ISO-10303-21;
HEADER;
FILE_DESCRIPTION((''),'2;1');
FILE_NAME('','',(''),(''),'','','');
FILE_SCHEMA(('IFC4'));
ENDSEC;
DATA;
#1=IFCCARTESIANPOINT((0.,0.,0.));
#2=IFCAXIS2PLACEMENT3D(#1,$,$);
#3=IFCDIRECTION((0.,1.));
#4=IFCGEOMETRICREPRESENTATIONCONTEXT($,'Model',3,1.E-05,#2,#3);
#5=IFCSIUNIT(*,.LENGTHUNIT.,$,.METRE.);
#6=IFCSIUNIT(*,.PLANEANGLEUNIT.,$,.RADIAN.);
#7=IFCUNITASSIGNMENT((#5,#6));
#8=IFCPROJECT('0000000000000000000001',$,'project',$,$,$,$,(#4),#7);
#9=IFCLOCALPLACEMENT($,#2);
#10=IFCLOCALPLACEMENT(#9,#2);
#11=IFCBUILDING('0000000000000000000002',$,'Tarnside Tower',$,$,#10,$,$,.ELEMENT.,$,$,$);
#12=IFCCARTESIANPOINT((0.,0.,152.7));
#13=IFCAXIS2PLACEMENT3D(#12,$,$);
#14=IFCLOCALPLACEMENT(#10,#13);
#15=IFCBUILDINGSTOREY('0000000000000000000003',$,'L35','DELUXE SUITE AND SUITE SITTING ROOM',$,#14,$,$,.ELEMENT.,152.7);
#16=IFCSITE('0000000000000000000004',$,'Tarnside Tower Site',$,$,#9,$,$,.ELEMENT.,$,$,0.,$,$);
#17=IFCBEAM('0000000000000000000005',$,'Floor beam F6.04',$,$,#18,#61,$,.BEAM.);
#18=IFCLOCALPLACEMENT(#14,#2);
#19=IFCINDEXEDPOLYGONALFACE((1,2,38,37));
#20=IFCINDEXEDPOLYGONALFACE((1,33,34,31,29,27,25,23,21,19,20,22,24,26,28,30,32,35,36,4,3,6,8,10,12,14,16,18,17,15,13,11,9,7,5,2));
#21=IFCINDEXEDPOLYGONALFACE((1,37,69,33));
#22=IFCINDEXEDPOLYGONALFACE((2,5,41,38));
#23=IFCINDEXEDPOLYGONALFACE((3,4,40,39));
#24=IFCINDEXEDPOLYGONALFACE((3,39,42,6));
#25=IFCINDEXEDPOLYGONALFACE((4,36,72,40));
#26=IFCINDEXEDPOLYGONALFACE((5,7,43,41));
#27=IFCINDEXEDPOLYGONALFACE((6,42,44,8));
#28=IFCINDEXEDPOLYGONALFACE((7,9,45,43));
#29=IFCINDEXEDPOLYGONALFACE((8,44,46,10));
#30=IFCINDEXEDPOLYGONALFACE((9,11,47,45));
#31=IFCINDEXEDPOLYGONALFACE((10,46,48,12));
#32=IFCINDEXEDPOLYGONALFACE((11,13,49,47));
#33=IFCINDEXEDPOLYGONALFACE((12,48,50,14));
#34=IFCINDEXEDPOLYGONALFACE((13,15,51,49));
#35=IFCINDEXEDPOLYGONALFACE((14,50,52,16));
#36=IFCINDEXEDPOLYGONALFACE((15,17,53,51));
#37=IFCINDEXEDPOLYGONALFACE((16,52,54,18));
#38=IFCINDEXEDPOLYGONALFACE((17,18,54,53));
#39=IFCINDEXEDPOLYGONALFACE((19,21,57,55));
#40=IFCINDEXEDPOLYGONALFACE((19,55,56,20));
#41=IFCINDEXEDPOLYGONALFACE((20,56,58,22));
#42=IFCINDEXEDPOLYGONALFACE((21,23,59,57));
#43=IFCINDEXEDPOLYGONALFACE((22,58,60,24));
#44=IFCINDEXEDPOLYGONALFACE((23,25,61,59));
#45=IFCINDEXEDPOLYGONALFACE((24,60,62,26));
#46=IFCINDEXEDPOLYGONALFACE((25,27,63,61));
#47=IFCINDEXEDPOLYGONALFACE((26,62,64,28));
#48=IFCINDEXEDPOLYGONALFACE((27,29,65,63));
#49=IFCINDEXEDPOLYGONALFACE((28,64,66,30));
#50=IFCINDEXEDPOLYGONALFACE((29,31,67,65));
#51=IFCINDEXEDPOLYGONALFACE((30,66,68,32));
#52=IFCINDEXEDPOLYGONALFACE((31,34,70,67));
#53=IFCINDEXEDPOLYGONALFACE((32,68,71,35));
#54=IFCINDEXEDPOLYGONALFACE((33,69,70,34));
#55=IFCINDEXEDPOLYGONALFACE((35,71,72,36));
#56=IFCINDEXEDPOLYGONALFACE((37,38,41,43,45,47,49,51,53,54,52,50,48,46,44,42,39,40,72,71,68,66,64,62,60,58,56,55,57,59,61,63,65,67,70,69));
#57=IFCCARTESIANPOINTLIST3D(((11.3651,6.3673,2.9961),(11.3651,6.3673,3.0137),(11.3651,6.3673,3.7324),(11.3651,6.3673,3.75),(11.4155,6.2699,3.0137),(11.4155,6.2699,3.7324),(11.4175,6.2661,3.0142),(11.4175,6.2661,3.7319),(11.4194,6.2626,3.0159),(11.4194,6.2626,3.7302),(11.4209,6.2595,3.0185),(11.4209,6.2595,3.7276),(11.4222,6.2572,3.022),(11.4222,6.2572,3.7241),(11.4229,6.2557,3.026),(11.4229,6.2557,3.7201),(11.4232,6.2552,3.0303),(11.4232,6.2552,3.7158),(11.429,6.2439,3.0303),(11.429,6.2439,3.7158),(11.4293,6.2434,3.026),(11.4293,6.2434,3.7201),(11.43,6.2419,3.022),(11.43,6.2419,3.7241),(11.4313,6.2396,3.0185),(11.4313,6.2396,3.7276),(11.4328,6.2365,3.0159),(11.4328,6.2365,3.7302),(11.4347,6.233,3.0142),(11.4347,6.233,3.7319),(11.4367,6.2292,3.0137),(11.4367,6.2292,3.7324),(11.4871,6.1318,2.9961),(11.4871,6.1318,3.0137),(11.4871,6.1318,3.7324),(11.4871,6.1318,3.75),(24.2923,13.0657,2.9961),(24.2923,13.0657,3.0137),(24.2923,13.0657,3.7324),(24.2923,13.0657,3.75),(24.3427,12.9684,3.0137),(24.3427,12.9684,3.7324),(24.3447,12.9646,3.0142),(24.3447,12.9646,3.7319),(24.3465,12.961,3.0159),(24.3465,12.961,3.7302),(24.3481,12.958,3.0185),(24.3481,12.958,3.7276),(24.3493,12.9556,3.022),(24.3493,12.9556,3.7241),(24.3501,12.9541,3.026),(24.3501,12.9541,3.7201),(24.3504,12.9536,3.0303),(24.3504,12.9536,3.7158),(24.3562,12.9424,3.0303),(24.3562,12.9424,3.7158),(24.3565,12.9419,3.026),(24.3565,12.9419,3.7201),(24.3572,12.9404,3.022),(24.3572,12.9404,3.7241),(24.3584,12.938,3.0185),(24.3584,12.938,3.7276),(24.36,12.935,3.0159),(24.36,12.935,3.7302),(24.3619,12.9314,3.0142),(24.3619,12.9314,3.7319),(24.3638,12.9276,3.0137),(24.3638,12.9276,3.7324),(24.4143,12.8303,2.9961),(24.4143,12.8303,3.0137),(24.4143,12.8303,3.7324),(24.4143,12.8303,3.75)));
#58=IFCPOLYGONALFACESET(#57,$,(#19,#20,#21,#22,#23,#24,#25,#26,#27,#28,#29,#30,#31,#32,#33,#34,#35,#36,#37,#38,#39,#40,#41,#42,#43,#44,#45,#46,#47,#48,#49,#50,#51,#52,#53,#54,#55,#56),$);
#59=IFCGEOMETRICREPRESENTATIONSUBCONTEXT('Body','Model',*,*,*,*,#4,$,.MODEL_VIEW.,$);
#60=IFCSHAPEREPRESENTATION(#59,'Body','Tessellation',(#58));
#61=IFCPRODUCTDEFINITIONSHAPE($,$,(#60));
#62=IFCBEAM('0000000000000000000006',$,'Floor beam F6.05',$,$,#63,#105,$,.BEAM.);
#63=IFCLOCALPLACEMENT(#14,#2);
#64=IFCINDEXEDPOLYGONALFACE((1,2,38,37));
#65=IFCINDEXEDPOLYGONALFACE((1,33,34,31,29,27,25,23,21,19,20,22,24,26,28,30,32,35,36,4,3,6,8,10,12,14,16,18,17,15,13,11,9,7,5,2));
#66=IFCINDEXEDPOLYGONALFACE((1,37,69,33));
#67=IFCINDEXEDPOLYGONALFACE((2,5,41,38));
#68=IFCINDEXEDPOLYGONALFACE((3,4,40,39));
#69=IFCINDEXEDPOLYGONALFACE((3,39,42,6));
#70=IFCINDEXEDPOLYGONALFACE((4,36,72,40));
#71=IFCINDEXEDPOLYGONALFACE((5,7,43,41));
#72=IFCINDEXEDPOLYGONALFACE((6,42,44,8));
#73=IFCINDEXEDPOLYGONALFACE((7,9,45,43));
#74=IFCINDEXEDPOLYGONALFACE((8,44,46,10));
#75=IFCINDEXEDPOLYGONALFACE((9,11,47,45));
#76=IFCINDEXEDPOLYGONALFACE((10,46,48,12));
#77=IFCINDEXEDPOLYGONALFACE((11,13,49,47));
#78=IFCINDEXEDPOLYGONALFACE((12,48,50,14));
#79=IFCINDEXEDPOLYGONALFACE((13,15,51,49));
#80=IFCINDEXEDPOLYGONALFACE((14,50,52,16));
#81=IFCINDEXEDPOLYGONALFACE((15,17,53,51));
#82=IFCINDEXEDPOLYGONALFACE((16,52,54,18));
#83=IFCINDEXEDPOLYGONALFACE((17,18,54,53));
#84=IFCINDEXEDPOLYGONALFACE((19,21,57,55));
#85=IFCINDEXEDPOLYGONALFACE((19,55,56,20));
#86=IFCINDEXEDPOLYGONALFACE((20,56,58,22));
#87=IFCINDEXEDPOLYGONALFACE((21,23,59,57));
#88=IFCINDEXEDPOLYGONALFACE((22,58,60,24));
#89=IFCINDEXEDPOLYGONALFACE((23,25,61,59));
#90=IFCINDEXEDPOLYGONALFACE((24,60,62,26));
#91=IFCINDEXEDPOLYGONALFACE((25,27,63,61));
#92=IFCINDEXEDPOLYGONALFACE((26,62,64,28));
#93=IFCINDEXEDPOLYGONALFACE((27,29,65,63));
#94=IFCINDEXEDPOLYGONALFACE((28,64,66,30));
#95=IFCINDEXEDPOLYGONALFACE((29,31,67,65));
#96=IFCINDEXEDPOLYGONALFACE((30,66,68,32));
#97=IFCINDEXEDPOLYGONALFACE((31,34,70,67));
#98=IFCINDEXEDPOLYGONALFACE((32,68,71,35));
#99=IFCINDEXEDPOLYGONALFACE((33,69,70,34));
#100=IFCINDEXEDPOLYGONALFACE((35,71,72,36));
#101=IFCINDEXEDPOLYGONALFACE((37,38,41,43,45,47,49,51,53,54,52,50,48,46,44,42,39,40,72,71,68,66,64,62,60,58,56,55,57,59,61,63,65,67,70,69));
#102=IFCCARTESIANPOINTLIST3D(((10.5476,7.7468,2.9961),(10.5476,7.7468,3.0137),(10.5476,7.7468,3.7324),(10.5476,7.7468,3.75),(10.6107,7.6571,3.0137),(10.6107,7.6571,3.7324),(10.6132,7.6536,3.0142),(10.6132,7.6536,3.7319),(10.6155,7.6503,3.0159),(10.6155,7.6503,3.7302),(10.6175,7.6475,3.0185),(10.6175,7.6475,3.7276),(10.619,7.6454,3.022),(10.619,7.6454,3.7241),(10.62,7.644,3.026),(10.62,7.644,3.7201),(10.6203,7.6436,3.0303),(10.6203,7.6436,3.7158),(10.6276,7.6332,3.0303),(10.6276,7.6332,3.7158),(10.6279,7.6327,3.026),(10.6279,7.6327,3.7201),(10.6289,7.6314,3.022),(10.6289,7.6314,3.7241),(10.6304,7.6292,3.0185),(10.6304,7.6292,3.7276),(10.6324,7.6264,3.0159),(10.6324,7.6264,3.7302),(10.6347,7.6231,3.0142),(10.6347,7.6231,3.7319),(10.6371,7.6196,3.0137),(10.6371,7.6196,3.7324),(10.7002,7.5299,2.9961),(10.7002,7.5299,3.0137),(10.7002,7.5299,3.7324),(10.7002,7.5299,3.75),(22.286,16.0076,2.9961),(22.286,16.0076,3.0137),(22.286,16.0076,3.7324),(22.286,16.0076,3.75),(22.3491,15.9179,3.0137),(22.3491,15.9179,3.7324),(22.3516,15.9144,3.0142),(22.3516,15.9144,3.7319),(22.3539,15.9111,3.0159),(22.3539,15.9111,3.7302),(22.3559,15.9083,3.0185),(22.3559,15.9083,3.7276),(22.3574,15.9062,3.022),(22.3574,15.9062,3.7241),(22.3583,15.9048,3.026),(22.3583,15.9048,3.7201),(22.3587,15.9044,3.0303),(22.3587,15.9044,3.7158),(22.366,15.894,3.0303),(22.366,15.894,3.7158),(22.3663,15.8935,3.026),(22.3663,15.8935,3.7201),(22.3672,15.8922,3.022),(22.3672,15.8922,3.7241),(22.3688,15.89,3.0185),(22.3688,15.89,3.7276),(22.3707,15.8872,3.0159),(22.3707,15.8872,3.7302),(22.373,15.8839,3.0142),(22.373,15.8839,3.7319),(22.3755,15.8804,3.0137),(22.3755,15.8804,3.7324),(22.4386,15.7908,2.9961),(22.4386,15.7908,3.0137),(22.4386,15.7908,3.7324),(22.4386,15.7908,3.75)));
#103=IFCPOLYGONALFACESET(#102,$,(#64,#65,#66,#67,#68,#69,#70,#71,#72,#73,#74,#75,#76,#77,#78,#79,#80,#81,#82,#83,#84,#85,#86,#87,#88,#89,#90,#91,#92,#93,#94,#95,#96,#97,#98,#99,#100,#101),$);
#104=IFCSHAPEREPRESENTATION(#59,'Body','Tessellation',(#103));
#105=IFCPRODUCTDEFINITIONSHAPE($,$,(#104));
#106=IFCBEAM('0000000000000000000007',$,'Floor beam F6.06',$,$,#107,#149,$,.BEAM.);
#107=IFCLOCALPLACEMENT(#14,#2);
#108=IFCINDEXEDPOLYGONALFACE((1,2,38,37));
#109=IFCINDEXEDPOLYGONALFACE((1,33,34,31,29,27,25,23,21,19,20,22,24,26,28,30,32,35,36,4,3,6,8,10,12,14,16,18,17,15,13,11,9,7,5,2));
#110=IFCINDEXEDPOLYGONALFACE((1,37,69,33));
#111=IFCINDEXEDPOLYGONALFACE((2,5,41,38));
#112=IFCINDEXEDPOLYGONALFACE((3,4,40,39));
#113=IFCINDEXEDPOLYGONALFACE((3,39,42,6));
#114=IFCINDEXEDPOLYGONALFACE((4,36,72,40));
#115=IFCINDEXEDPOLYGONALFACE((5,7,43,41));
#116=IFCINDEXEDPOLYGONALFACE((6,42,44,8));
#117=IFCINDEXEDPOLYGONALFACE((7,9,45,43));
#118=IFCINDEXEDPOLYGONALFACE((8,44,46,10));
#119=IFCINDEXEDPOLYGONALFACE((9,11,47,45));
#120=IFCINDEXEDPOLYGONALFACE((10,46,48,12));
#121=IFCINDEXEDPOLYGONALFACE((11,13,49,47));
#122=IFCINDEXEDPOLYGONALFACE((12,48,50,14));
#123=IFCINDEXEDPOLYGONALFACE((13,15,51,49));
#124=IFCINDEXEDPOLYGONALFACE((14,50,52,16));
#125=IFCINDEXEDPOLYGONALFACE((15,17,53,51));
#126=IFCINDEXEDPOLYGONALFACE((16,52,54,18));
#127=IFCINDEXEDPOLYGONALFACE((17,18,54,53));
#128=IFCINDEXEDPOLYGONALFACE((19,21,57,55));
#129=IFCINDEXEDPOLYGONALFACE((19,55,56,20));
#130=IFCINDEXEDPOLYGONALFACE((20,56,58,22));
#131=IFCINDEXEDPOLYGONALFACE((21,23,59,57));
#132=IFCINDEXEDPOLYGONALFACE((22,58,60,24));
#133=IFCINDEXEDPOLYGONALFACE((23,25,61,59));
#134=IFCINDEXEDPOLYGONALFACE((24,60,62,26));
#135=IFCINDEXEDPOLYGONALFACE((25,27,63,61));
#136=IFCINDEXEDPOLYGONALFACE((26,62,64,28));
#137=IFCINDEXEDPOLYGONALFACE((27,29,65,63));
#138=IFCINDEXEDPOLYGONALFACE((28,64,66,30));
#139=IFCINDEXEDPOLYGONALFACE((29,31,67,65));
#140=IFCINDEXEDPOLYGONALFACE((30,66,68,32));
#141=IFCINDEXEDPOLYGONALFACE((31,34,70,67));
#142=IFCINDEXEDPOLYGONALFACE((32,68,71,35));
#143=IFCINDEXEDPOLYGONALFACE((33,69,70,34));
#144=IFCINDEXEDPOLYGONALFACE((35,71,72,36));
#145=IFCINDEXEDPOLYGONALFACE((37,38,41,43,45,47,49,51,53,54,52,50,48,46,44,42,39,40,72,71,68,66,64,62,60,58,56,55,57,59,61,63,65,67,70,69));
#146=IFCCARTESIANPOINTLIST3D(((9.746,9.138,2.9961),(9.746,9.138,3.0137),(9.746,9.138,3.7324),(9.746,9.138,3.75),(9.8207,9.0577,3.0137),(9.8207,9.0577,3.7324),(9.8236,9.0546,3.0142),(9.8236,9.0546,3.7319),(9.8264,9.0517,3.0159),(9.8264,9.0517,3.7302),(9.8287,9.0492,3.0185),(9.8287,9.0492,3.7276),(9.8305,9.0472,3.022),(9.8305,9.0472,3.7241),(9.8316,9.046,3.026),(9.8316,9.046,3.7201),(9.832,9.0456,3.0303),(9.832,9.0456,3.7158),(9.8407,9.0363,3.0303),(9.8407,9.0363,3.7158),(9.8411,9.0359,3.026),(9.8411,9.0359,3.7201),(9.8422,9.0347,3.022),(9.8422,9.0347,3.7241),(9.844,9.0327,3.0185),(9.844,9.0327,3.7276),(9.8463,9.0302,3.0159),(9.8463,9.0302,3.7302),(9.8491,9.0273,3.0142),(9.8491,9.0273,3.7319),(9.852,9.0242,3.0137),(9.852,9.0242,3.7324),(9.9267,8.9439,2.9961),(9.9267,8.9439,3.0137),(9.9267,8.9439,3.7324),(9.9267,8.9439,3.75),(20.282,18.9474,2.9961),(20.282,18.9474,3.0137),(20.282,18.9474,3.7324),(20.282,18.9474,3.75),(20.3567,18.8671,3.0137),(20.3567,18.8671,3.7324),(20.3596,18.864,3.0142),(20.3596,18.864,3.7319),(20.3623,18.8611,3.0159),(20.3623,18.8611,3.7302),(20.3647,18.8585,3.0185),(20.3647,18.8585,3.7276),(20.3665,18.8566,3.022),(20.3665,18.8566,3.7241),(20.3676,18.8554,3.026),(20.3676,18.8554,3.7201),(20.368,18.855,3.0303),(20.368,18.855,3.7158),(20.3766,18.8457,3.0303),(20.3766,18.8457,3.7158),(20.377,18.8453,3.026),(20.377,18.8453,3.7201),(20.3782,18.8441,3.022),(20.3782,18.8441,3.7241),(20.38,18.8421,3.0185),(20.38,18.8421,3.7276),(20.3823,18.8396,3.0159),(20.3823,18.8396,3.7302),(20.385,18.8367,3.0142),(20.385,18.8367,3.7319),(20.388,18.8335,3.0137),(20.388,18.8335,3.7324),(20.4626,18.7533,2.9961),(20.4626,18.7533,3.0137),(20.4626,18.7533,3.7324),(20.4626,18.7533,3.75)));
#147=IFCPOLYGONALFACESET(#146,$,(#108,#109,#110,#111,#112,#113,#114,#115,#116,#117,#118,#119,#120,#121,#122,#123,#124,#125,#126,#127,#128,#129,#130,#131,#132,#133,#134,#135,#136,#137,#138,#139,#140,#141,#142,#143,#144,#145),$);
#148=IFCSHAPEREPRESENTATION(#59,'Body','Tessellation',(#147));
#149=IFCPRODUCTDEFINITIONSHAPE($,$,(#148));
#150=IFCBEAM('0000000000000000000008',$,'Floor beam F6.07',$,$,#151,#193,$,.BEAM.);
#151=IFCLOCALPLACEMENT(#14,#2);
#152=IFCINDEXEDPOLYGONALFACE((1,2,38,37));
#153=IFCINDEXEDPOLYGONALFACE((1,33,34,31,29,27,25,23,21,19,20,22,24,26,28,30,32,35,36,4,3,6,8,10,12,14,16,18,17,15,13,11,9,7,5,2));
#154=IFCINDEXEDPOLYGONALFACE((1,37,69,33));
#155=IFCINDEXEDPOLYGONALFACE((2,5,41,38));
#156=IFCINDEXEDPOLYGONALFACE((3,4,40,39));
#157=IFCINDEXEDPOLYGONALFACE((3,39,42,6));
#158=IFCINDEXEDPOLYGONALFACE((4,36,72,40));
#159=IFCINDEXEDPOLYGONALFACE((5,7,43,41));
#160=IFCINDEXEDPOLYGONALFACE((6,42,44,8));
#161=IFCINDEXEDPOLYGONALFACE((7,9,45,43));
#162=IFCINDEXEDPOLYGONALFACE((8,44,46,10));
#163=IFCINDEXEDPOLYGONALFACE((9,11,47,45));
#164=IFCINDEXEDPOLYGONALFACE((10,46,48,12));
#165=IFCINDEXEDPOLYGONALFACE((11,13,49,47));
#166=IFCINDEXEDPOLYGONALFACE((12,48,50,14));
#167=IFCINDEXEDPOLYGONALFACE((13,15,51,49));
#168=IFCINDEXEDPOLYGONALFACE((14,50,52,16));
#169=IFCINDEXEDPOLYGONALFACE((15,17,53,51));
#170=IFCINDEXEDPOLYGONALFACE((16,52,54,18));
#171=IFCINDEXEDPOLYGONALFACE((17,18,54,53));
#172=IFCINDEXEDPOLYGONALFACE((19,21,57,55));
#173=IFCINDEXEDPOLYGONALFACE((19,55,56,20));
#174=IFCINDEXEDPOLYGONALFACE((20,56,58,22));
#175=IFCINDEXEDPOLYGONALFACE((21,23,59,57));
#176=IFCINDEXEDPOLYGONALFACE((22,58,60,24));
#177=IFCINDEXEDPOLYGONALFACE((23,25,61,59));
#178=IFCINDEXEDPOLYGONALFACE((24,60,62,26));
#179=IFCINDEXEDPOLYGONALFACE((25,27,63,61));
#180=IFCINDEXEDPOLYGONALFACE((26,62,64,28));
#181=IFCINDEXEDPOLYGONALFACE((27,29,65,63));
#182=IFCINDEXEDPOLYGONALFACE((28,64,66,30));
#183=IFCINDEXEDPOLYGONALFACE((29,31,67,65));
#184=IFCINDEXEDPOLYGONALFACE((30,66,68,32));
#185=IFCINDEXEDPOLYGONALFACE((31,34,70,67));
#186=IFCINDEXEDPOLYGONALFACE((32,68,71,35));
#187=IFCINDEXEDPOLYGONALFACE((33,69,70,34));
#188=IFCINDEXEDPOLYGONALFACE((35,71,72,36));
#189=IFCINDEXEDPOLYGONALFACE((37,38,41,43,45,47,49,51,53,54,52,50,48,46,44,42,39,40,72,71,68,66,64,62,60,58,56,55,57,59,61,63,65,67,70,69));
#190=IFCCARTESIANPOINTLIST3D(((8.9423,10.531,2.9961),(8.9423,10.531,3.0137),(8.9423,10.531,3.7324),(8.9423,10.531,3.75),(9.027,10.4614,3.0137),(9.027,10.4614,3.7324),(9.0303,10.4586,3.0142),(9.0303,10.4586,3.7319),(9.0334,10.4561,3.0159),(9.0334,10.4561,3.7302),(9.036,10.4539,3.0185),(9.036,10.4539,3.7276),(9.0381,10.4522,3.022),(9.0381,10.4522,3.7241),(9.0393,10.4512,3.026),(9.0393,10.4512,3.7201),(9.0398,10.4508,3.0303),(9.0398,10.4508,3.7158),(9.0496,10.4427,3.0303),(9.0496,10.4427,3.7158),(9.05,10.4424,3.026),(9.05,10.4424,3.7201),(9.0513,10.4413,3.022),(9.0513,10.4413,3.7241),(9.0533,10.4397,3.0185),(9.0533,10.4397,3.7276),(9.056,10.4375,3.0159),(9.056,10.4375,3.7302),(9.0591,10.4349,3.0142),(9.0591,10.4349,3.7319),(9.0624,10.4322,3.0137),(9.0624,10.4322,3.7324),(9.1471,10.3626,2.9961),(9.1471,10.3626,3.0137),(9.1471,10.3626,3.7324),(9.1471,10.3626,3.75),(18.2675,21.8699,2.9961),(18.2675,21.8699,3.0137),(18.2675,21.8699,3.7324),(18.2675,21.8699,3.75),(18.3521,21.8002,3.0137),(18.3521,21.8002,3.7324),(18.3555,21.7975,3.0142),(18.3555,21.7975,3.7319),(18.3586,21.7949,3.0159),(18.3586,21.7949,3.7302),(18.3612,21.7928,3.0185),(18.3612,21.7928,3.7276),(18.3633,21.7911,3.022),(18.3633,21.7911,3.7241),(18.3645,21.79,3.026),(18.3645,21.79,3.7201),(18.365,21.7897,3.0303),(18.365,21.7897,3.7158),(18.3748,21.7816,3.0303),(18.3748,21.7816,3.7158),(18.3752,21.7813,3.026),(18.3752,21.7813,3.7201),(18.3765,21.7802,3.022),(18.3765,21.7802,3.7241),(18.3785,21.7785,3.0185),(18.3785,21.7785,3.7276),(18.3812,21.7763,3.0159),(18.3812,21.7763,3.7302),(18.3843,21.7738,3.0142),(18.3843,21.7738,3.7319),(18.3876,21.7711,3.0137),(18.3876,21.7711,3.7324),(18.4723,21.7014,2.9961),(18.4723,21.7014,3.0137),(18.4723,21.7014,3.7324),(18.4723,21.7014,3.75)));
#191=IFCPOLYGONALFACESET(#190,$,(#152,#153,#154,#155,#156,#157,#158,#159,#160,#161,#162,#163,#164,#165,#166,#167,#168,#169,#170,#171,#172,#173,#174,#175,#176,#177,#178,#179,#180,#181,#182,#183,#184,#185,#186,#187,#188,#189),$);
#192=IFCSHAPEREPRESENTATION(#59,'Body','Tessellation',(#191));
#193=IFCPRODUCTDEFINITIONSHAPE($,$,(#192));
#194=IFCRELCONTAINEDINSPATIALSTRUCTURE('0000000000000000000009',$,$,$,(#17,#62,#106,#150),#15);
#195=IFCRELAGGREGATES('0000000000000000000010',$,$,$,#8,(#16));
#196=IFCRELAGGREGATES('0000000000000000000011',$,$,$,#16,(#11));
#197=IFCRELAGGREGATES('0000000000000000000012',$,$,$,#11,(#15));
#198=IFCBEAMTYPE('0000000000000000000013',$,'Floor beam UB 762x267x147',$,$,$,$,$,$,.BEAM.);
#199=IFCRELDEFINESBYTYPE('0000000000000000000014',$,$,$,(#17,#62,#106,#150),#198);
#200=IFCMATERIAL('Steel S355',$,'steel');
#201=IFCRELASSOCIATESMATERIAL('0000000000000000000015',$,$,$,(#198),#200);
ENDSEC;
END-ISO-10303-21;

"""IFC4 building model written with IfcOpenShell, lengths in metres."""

from ifc_helpers import new_model, si_unit, direction, frame, origin, origin_2d, place, context, subcontext, project, spatial, i_section, extrude, material, material_profile, profile_set, type_object, element, save


model = new_model("IFC4")

# Units and contexts
model_context = context("Model", 3, precision=1e-05, world=origin(), true_north=direction((0.0, 1.0)))
body_context = subcontext(model_context, "Body", "Model", "MODEL_VIEW")
ifc_project = project(units=[si_unit("LENGTHUNIT", "METRE"), si_unit("PLANEANGLEUNIT", "RADIAN")], contexts=[model_context])

# Site, building, storey
site_placement = place(None, origin())
site = spatial("IfcSite", under=ifc_project, at=site_placement, Name="Tarnside Tower Site", CompositionType="ELEMENT", RefElevation=0.0)
building_placement = place(site_placement, origin())
building = spatial("IfcBuilding", under=site, at=building_placement, Name="Tarnside Tower", CompositionType="ELEMENT")
storey_placement = place(building_placement, frame((0.0, 0.0, 152.7)))
storey = spatial("IfcBuildingStorey", under=building, at=storey_placement, Name="L35", Description="DELUXE SUITE AND SUITE SITTING ROOM", CompositionType="ELEMENT", Elevation=152.7)

# Beams
ifc_material_1 = material(Name="Steel S355", Category="steel")
ifc_material_profile_1 = material_profile(ifc_material_1, i_section(OverallWidth=0.2651, OverallDepth=0.7539, WebThickness=0.0127, FlangeThickness=0.0176, FilletRadius=0.0166, at=origin_2d()), Name="UB 762x267x147")
ifc_profile_set_1 = profile_set([ifc_material_profile_1], Name="Steel S355")
beam_type_1 = type_object("IfcBeamType", Name="Floor beam UB 762x267x147", PredefinedType="BEAM", material=ifc_profile_set_1)
beam_1_placement = place(storey_placement, frame((24.3533, 12.948, 3.373), z_axis=(-0.887882, -0.460072, 0.0), x_axis=(0.460072, -0.887882, 0.0)))
element("IfcBeam", 1, at=beam_1_placement, inside=storey, type_object=beam_type_1, Name="Floor beam F6.04", PredefinedType="BEAM", context=body_context, shape_type="SweptSolid", body=[
    extrude(i_section(OverallWidth=0.2651, OverallDepth=0.7539, WebThickness=0.0127, FlangeThickness=0.0176, FilletRadius=0.0166, at=origin_2d()), origin(), (0.0, 0.0, 1.0), 14.5596),
])
beam_2_placement = place(storey_placement, frame((22.3623, 15.8992, 3.373), z_axis=(-0.817791, -0.575515, 0.0), x_axis=(0.575515, -0.817791, 0.0)))
element("IfcBeam", 2, at=beam_2_placement, inside=storey, type_object=beam_type_1, Name="Floor beam F6.05", PredefinedType="BEAM", context=body_context, shape_type="SweptSolid", body=[
    extrude(i_section(OverallWidth=0.2651, OverallDepth=0.7539, WebThickness=0.0127, FlangeThickness=0.0176, FilletRadius=0.0166, at=origin_2d()), origin(), (0.0, 0.0, 1.0), 14.3538),
])
beam_3_placement = place(storey_placement, frame((20.3723, 18.8503, 3.373), z_axis=(-0.731892, -0.68142, 0.0), x_axis=(0.68142, -0.731892, 0.0)))
element("IfcBeam", 3, at=beam_3_placement, inside=storey, type_object=beam_type_1, Name="Floor beam F6.06", PredefinedType="BEAM", context=body_context, shape_type="SweptSolid", body=[
    extrude(i_section(OverallWidth=0.2651, OverallDepth=0.7539, WebThickness=0.0127, FlangeThickness=0.0176, FilletRadius=0.0166, at=origin_2d()), origin(), (0.0, 0.0, 1.0), 14.3955),
])
beam_4_placement = place(storey_placement, frame((18.3699, 21.7856, 3.373), z_axis=(-0.635192, -0.772354, 0.0), x_axis=(0.772354, -0.635192, 0.0)))
element("IfcBeam", 4, at=beam_4_placement, inside=storey, type_object=beam_type_1, Name="Floor beam F6.07", PredefinedType="BEAM", context=body_context, shape_type="SweptSolid", body=[
    extrude(i_section(OverallWidth=0.2651, OverallDepth=0.7539, WebThickness=0.0127, FlangeThickness=0.0176, FilletRadius=0.0166, at=origin_2d()), origin(), (0.0, 0.0, 1.0), 14.6809),
])

save(model, "model.ifc")
